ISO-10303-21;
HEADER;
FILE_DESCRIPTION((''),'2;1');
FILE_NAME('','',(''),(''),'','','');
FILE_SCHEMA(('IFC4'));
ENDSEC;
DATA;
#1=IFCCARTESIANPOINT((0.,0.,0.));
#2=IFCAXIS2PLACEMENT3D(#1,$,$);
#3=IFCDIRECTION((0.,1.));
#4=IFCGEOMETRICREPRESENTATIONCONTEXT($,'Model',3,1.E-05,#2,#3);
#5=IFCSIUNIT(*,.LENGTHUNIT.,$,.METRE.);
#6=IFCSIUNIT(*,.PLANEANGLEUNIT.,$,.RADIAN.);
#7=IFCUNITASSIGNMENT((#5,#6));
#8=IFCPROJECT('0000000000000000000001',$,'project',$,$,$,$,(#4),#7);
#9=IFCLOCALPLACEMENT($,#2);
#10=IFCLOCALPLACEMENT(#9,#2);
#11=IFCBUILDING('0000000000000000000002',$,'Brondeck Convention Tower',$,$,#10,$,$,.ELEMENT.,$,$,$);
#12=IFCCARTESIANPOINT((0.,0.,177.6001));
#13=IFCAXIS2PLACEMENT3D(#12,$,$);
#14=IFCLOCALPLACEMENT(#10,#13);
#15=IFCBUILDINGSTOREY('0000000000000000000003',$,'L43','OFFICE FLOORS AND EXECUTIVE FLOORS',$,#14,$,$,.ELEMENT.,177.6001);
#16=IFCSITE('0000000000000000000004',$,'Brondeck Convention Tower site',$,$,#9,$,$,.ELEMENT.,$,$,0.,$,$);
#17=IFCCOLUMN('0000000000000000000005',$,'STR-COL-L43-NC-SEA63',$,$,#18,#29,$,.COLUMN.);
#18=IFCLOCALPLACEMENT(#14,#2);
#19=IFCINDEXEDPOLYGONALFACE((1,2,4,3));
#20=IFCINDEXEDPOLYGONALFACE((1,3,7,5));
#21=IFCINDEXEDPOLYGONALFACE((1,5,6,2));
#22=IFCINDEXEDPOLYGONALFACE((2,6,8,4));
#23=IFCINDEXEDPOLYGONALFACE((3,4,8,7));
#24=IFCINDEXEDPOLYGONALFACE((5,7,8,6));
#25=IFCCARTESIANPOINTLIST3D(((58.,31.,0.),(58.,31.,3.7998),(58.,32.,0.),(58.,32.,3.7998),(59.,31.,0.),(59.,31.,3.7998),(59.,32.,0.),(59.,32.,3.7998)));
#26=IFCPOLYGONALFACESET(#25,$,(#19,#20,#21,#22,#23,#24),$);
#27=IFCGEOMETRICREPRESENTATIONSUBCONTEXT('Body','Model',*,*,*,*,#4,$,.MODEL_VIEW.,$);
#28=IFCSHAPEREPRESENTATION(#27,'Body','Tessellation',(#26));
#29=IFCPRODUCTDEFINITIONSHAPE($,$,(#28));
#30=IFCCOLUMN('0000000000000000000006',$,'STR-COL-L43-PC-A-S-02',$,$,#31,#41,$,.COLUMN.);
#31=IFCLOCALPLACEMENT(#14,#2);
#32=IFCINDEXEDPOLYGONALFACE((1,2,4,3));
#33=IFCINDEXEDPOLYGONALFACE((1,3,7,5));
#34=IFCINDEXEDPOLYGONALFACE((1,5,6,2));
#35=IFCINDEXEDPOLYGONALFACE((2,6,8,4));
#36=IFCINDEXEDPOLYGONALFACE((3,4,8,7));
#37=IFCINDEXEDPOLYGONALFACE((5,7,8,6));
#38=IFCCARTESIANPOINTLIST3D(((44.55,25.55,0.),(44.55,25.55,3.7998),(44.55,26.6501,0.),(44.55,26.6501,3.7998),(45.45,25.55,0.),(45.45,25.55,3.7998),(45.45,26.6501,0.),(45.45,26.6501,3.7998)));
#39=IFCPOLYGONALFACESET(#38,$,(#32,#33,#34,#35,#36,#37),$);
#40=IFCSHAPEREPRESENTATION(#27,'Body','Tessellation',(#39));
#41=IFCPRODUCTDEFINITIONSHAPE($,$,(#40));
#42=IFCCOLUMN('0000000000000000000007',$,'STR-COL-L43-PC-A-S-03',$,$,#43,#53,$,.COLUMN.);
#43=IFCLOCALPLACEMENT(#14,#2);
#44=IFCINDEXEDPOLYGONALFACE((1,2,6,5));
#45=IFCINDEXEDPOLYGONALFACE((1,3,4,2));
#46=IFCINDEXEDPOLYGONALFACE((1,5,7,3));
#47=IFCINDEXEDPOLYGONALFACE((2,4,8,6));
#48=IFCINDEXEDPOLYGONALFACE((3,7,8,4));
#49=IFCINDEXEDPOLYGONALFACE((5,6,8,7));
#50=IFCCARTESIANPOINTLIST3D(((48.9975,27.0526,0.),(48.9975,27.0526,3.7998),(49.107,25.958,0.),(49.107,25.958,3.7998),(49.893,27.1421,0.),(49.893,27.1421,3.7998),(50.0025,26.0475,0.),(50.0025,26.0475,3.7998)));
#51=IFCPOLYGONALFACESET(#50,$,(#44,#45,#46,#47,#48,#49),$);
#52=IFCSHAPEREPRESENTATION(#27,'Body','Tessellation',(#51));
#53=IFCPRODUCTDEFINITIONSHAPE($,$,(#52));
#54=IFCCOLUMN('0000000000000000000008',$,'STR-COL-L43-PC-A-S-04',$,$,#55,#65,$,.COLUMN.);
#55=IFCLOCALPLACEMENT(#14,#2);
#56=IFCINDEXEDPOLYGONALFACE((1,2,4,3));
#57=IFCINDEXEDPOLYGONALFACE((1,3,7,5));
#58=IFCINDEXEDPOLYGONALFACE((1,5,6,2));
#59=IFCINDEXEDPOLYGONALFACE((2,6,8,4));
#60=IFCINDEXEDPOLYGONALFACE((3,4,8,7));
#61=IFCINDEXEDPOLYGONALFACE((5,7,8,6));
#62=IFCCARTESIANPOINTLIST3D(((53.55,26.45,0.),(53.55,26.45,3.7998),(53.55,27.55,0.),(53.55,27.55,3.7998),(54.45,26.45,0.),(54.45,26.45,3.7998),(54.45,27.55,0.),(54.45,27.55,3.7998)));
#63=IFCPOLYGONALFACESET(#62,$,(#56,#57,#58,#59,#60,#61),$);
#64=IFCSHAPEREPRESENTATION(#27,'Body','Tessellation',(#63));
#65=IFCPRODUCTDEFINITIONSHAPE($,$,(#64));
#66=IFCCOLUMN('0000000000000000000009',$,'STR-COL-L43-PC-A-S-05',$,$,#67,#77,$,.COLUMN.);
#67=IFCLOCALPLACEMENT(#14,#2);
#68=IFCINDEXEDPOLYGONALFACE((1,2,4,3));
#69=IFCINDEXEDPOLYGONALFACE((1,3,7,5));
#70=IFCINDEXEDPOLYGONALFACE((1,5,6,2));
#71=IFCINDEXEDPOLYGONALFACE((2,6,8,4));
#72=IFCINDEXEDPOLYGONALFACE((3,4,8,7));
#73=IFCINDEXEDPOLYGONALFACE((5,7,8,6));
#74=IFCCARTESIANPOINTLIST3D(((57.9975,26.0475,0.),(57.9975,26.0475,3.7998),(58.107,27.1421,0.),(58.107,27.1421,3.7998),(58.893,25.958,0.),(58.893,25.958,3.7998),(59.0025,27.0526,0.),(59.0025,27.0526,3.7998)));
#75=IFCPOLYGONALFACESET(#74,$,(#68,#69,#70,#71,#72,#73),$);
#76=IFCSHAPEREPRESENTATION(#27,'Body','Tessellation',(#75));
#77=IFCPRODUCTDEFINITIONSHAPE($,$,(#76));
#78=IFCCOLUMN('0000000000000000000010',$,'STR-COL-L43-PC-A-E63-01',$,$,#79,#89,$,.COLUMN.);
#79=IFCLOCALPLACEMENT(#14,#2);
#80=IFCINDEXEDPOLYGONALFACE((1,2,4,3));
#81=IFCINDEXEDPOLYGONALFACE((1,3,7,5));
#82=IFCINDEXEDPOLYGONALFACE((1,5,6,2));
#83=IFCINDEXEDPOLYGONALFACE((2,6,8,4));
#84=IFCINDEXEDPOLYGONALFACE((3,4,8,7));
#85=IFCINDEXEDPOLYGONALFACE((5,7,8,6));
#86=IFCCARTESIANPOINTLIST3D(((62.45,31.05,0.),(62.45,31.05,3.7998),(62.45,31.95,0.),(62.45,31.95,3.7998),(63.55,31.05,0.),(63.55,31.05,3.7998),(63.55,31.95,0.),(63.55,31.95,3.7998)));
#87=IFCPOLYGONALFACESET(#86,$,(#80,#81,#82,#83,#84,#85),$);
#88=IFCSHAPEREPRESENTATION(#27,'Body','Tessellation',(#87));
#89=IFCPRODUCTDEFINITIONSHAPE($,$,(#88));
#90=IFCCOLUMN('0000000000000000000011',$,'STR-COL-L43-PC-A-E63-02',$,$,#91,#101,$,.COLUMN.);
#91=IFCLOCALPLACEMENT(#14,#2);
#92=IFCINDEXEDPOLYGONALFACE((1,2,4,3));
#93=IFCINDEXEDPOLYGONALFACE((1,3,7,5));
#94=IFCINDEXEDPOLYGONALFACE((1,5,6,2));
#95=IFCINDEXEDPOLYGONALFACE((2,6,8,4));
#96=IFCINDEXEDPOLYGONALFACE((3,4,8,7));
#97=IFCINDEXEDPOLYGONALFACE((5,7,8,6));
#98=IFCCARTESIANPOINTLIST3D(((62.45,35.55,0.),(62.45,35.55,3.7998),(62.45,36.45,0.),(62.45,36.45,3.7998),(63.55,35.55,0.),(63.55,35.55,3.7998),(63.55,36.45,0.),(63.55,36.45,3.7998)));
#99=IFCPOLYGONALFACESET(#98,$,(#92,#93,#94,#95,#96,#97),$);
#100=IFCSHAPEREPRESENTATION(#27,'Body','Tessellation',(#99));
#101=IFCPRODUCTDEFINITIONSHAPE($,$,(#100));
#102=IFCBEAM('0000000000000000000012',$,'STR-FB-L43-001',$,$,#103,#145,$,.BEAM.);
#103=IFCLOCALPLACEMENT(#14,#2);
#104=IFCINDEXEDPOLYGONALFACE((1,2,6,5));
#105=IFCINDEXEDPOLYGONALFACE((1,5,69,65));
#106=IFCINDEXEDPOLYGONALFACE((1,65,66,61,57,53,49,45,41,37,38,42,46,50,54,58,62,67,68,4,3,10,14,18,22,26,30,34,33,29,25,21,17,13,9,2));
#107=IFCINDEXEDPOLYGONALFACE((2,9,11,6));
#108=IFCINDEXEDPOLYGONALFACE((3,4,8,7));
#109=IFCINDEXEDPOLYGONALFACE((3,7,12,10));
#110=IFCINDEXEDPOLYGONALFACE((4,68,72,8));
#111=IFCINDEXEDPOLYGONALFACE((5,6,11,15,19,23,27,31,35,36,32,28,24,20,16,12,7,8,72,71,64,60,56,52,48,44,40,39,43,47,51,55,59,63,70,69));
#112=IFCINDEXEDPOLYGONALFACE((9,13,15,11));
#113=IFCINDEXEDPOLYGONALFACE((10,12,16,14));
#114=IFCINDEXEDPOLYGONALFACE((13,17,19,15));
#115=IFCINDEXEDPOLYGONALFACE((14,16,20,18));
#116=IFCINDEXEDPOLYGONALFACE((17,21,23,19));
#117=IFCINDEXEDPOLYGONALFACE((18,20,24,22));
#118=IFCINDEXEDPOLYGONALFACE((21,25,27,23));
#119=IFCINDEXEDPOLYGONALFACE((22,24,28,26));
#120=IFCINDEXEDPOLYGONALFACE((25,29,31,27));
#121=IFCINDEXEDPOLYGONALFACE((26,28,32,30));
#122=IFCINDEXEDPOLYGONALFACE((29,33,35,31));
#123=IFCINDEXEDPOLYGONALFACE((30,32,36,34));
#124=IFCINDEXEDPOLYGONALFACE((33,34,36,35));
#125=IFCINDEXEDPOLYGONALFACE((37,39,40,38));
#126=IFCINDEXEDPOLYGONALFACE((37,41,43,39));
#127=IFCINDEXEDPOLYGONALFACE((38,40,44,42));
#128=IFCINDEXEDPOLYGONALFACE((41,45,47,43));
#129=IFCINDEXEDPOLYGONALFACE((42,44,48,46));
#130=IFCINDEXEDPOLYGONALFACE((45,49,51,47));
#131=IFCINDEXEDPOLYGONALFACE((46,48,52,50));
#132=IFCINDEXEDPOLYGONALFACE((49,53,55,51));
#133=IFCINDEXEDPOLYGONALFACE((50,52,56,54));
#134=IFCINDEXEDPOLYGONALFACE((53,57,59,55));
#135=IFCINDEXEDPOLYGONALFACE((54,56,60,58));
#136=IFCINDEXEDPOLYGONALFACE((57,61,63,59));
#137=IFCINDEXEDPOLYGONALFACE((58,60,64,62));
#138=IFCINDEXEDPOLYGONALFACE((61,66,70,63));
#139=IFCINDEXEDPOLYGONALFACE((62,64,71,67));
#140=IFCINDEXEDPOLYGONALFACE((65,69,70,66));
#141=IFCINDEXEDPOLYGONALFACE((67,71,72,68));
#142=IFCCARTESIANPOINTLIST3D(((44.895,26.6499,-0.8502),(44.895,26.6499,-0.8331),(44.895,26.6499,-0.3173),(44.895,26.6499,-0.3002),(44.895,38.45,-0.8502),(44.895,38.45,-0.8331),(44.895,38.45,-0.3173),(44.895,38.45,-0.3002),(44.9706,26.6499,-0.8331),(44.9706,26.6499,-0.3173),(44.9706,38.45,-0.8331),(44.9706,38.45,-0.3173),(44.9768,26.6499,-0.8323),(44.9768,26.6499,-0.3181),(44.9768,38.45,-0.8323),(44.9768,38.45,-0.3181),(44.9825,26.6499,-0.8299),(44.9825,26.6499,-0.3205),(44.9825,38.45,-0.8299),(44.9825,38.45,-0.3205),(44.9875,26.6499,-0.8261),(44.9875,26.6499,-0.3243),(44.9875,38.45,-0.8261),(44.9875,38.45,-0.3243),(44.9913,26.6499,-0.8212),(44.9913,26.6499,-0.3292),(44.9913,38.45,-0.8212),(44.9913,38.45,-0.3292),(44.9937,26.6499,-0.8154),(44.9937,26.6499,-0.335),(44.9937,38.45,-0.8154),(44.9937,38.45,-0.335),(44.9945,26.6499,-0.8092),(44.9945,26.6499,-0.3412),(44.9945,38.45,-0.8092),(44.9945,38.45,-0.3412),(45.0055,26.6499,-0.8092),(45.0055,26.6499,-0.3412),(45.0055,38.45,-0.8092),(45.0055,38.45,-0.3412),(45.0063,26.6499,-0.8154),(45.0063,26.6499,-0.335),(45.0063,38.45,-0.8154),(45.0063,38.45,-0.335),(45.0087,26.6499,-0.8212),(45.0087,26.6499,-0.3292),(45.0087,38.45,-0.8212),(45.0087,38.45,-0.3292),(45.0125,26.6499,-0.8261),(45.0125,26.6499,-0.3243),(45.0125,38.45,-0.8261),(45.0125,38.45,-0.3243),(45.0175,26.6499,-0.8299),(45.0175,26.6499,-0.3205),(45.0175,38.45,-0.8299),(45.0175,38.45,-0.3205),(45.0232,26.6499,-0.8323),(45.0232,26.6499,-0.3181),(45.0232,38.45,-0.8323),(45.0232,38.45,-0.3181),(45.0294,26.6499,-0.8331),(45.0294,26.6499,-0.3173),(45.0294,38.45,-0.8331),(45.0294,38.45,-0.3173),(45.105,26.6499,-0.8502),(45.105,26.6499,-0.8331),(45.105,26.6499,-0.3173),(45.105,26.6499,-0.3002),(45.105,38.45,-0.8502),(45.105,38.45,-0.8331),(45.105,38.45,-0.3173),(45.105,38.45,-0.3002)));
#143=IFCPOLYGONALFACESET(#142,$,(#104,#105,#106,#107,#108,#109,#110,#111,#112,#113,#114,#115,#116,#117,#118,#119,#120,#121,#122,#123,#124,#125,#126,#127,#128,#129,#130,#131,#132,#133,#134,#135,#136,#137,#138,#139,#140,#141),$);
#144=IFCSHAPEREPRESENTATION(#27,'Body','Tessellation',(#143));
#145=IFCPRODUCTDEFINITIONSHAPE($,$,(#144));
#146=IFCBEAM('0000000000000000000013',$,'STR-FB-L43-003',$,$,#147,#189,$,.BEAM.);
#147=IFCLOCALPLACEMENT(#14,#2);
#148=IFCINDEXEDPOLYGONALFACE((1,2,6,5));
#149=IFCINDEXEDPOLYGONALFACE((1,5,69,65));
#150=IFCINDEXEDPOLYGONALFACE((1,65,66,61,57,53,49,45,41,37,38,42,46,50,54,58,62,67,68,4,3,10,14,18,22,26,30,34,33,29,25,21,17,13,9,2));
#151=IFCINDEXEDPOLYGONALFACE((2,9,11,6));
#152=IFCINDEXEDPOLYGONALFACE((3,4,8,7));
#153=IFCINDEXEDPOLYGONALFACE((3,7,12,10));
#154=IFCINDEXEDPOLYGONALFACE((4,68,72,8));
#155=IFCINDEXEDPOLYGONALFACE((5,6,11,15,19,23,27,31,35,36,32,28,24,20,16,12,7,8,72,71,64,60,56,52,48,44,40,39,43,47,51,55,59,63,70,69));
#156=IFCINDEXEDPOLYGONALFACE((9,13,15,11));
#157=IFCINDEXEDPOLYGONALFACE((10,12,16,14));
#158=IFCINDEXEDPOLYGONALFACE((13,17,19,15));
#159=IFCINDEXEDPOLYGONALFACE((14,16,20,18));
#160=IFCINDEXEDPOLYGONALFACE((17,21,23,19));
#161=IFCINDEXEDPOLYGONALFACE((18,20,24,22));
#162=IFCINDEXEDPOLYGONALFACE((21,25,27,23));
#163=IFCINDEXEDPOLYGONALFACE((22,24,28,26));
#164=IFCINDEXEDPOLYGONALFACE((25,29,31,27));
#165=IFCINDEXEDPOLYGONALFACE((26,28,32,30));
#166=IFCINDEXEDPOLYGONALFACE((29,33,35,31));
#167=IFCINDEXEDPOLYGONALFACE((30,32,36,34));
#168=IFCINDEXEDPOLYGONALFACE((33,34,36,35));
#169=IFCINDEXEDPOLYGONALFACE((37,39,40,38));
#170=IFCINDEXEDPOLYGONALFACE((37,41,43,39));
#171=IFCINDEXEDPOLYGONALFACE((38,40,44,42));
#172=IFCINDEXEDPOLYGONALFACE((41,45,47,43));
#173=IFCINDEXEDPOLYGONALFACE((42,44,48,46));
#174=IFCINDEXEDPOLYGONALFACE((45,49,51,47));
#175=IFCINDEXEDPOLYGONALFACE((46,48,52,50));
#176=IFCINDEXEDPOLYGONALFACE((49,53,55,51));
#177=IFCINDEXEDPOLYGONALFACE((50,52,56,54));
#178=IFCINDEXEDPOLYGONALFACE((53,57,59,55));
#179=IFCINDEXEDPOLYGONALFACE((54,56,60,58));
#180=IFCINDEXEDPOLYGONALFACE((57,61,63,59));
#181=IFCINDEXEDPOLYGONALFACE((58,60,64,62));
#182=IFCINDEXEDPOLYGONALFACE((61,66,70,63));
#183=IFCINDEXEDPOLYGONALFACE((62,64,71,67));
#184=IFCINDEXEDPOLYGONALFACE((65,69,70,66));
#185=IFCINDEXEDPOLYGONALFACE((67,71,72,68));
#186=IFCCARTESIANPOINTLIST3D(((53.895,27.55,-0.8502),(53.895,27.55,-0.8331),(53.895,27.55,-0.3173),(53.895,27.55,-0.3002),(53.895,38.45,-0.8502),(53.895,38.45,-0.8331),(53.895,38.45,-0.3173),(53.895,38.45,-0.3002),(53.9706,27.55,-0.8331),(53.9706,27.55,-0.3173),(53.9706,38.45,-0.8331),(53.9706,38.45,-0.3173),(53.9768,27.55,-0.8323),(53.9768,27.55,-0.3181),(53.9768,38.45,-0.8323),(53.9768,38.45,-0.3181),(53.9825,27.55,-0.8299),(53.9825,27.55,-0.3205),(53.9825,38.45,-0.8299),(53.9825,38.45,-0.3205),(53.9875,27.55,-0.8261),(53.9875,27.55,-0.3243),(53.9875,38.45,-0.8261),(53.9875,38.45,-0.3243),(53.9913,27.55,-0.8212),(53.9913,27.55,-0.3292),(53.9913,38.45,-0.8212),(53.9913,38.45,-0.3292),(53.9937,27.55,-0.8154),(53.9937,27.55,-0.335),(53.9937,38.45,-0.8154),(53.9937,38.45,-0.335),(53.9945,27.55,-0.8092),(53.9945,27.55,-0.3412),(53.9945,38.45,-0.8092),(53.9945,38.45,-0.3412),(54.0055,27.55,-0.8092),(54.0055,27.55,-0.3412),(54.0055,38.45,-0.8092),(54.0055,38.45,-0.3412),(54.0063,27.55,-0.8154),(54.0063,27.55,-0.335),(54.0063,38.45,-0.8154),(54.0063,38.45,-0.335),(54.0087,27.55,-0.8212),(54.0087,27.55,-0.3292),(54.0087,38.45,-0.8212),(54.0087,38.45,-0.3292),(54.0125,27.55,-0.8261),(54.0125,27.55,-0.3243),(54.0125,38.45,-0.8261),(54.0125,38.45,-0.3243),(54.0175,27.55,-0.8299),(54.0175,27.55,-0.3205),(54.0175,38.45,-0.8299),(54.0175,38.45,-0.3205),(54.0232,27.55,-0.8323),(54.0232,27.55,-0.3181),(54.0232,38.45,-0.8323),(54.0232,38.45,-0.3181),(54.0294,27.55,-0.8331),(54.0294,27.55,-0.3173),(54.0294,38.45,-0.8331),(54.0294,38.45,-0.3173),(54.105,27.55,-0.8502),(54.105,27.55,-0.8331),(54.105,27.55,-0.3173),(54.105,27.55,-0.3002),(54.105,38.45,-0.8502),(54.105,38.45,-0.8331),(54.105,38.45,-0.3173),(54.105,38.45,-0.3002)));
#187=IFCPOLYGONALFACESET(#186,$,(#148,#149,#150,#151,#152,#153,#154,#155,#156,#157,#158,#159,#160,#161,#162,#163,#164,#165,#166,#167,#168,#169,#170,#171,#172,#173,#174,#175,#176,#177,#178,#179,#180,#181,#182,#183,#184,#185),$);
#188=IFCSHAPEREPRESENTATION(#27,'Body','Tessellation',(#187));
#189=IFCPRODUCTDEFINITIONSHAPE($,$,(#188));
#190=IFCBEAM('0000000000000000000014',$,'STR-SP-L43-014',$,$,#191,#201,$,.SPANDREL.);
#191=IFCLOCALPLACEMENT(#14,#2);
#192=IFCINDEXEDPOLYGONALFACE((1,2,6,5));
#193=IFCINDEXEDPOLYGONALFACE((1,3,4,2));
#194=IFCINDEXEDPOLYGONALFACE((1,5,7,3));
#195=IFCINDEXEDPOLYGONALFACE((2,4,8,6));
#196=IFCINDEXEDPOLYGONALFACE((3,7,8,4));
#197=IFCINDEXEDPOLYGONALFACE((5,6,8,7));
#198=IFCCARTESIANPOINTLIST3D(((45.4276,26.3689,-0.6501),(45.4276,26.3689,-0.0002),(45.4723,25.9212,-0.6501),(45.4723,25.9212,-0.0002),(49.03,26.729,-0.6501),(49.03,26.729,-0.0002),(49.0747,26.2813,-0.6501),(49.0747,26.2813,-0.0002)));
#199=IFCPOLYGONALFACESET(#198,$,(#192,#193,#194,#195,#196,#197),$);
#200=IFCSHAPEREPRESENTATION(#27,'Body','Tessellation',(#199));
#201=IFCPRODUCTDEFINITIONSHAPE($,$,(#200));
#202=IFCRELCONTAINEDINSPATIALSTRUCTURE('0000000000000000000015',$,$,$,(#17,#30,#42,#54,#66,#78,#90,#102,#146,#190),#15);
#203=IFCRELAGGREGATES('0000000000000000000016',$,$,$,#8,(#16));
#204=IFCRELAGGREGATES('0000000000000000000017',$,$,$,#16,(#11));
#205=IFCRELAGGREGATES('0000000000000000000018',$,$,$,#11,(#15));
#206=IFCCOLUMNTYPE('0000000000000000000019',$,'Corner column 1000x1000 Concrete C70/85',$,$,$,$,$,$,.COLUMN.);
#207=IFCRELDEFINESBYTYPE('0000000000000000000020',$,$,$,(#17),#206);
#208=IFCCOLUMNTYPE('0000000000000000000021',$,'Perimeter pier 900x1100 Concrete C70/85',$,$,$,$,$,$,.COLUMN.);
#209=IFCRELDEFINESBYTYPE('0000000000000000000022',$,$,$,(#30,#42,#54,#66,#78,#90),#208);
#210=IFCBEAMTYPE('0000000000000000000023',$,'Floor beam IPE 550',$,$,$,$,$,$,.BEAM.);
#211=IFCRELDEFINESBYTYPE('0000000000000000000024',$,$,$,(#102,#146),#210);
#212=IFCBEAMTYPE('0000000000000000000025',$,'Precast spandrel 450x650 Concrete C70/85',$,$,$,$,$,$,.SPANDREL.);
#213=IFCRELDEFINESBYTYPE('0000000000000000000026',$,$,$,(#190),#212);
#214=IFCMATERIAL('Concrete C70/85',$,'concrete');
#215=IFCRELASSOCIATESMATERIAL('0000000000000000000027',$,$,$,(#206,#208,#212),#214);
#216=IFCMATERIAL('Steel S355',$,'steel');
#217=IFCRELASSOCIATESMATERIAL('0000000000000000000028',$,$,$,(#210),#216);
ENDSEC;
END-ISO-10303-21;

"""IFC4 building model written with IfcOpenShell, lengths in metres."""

from ifc_helpers import new_model, si_unit, direction, frame, origin, origin_2d, place, context, subcontext, project, spatial, rectangle, i_section, extrude, material, material_profile, profile_set, type_object, element, save


model = new_model("IFC4")

# Units and contexts
model_context = context("Model", 3, precision=1e-05, world=origin(), true_north=direction((0.0, 1.0)))
body_context = subcontext(model_context, "Body", "Model", "MODEL_VIEW")
ifc_project = project(units=[si_unit("LENGTHUNIT", "METRE"), si_unit("PLANEANGLEUNIT", "RADIAN")], contexts=[model_context])

# Site, building, storey
site_placement = place(None, origin())
site = spatial("IfcSite", under=ifc_project, at=site_placement, Name="Brondeck Convention Tower site", CompositionType="ELEMENT", RefElevation=0.0)
building_placement = place(site_placement, origin())
building = spatial("IfcBuilding", under=site, at=building_placement, Name="Brondeck Convention Tower", CompositionType="ELEMENT")
storey_placement = place(building_placement, frame((0.0, 0.0, 177.6001)))
storey = spatial("IfcBuildingStorey", under=building, at=storey_placement, Name="L43", Description="OFFICE FLOORS AND EXECUTIVE FLOORS", CompositionType="ELEMENT", Elevation=177.6001)

# Columns
ifc_material_1 = material(Name="Concrete C70/85", Category="concrete")
ifc_material_profile_1 = material_profile(ifc_material_1, rectangle(XDim=1.0, YDim=1.0, at=origin_2d()), Name="Corner column 1000x1000 Concrete C70/85")
ifc_profile_set_1 = profile_set([ifc_material_profile_1], Name="Concrete C70/85")
column_type_1 = type_object("IfcColumnType", Name="Corner column 1000x1000 Concrete C70/85", PredefinedType="COLUMN", material=ifc_profile_set_1)
column_placement = place(storey_placement, frame((58.5, 31.5, 0.0), z_axis=(0.0, 0.0, 1.0), x_axis=(1.0, 0.0, 0.0)))
element("IfcColumn", 1, at=column_placement, inside=storey, type_object=column_type_1, Name="STR-COL-L43-NC-SEA63", PredefinedType="COLUMN", context=body_context, shape_type="SweptSolid", body=[
    extrude(rectangle(XDim=1.0, YDim=1.0, at=origin_2d()), origin(), (0.0, 0.0, 1.0), 3.7998),
])
ifc_material_profile_2 = material_profile(ifc_material_1, rectangle(XDim=0.8999, YDim=1.1001, at=origin_2d()), Name="Perimeter pier 900x1100 Concrete C70/85")
ifc_profile_set_2 = profile_set([ifc_material_profile_2], Name="Concrete C70/85")
column_type_2 = type_object("IfcColumnType", Name="Perimeter pier 900x1100 Concrete C70/85", PredefinedType="COLUMN", material=ifc_profile_set_2)
for number, where, z_axis, x_axis, name in (
    (2, (45.0, 26.1001, 0.0), (0.0, 0.0, 1.0), (1.0, 0.0, 0.0), "STR-COL-L43-PC-A-S-02"),
    (3, (49.5, 26.55, 0.0), (0.0, 0.0, 1.0), (0.995037, 0.099504, 0.0), "STR-COL-L43-PC-A-S-03"),
    (4, (54.0, 27.0, 0.0), (0.0, 0.0, 1.0), (1.0, 0.0, 0.0), "STR-COL-L43-PC-A-S-04"),
    (5, (58.5, 26.55, 0.0), (0.0, 0.0, 1.0), (0.995037, -0.099504, 0.0), "STR-COL-L43-PC-A-S-05"),
    (6, (63.0, 31.5, 0.0), (0.0, 0.0, 1.0), (0.0, 1.0, 0.0), "STR-COL-L43-PC-A-E63-01"),
    (7, (63.0, 36.0, 0.0), (0.0, 0.0, 1.0), (0.0, 1.0, 0.0), "STR-COL-L43-PC-A-E63-02"),
):
    element("IfcColumn", number, at=place(storey_placement, frame(where, z_axis=z_axis, x_axis=x_axis)), inside=storey, type_object=column_type_2, Name=name, PredefinedType="COLUMN", context=body_context, shape_type="SweptSolid", body=[
        extrude(rectangle(XDim=0.8999, YDim=1.1001, at=origin_2d()), origin(), (0.0, 0.0, 1.0), 3.7998),
    ])

# Beams
ifc_material_2 = material(Name="Steel S355", Category="steel")
ifc_material_profile_3 = material_profile(ifc_material_2, i_section(OverallWidth=0.21, OverallDepth=0.55, WebThickness=0.011, FlangeThickness=0.0171, FilletRadius=0.0239, at=origin_2d()), Name="IPE 550")
ifc_profile_set_3 = profile_set([ifc_material_profile_3], Name="Steel S355")
beam_type_1 = type_object("IfcBeamType", Name="Floor beam IPE 550", PredefinedType="BEAM", material=ifc_profile_set_3)
beam_1_placement = place(storey_placement, frame((45.0, 26.6499, -0.5752), z_axis=(0.0, 1.0, 0.0), x_axis=(-1.0, 0.0, 0.0)))
element("IfcBeam", 8, at=beam_1_placement, inside=storey, type_object=beam_type_1, Name="STR-FB-L43-001", PredefinedType="BEAM", context=body_context, shape_type="SweptSolid", body=[
    extrude(i_section(OverallWidth=0.21, OverallDepth=0.55, WebThickness=0.011, FlangeThickness=0.0171, FilletRadius=0.0239, at=origin_2d()), origin(), (0.0, 0.0, 1.0), 11.8),
])
beam_2_placement = place(storey_placement, frame((54.0, 27.55, -0.5752), z_axis=(0.0, 1.0, 0.0), x_axis=(-1.0, 0.0, 0.0)))
element("IfcBeam", 9, at=beam_2_placement, inside=storey, type_object=beam_type_1, Name="STR-FB-L43-003", PredefinedType="BEAM", context=body_context, shape_type="SweptSolid", body=[
    extrude(i_section(OverallWidth=0.21, OverallDepth=0.55, WebThickness=0.011, FlangeThickness=0.0171, FilletRadius=0.0239, at=origin_2d()), origin(), (0.0, 0.0, 1.0), 10.8999),
])
ifc_material_profile_4 = material_profile(ifc_material_1, rectangle(XDim=0.45, YDim=0.6499, at=origin_2d()), Name="Precast spandrel 450x650 Concrete C70/85")
ifc_profile_set_4 = profile_set([ifc_material_profile_4], Name="Concrete C70/85")
beam_type_2 = type_object("IfcBeamType", Name="Precast spandrel 450x650 Concrete C70/85", PredefinedType="SPANDREL", material=ifc_profile_set_4)
for number, where, z_axis, x_axis, name in (
    (10, (45.45, 26.145, -0.3252), (0.995041, 0.09947, 0.0), (-0.09947, 0.995041, 0.0), "STR-SP-L43-014"),
):
    element("IfcBeam", number, at=place(storey_placement, frame(where, z_axis=z_axis, x_axis=x_axis)), inside=storey, type_object=beam_type_2, Name=name, PredefinedType="SPANDREL", context=body_context, shape_type="SweptSolid", body=[
        extrude(rectangle(XDim=0.45, YDim=0.6499, at=origin_2d()), origin(), (0.0, 0.0, 1.0), 3.6204),
    ])

save(model, "model.ifc")
